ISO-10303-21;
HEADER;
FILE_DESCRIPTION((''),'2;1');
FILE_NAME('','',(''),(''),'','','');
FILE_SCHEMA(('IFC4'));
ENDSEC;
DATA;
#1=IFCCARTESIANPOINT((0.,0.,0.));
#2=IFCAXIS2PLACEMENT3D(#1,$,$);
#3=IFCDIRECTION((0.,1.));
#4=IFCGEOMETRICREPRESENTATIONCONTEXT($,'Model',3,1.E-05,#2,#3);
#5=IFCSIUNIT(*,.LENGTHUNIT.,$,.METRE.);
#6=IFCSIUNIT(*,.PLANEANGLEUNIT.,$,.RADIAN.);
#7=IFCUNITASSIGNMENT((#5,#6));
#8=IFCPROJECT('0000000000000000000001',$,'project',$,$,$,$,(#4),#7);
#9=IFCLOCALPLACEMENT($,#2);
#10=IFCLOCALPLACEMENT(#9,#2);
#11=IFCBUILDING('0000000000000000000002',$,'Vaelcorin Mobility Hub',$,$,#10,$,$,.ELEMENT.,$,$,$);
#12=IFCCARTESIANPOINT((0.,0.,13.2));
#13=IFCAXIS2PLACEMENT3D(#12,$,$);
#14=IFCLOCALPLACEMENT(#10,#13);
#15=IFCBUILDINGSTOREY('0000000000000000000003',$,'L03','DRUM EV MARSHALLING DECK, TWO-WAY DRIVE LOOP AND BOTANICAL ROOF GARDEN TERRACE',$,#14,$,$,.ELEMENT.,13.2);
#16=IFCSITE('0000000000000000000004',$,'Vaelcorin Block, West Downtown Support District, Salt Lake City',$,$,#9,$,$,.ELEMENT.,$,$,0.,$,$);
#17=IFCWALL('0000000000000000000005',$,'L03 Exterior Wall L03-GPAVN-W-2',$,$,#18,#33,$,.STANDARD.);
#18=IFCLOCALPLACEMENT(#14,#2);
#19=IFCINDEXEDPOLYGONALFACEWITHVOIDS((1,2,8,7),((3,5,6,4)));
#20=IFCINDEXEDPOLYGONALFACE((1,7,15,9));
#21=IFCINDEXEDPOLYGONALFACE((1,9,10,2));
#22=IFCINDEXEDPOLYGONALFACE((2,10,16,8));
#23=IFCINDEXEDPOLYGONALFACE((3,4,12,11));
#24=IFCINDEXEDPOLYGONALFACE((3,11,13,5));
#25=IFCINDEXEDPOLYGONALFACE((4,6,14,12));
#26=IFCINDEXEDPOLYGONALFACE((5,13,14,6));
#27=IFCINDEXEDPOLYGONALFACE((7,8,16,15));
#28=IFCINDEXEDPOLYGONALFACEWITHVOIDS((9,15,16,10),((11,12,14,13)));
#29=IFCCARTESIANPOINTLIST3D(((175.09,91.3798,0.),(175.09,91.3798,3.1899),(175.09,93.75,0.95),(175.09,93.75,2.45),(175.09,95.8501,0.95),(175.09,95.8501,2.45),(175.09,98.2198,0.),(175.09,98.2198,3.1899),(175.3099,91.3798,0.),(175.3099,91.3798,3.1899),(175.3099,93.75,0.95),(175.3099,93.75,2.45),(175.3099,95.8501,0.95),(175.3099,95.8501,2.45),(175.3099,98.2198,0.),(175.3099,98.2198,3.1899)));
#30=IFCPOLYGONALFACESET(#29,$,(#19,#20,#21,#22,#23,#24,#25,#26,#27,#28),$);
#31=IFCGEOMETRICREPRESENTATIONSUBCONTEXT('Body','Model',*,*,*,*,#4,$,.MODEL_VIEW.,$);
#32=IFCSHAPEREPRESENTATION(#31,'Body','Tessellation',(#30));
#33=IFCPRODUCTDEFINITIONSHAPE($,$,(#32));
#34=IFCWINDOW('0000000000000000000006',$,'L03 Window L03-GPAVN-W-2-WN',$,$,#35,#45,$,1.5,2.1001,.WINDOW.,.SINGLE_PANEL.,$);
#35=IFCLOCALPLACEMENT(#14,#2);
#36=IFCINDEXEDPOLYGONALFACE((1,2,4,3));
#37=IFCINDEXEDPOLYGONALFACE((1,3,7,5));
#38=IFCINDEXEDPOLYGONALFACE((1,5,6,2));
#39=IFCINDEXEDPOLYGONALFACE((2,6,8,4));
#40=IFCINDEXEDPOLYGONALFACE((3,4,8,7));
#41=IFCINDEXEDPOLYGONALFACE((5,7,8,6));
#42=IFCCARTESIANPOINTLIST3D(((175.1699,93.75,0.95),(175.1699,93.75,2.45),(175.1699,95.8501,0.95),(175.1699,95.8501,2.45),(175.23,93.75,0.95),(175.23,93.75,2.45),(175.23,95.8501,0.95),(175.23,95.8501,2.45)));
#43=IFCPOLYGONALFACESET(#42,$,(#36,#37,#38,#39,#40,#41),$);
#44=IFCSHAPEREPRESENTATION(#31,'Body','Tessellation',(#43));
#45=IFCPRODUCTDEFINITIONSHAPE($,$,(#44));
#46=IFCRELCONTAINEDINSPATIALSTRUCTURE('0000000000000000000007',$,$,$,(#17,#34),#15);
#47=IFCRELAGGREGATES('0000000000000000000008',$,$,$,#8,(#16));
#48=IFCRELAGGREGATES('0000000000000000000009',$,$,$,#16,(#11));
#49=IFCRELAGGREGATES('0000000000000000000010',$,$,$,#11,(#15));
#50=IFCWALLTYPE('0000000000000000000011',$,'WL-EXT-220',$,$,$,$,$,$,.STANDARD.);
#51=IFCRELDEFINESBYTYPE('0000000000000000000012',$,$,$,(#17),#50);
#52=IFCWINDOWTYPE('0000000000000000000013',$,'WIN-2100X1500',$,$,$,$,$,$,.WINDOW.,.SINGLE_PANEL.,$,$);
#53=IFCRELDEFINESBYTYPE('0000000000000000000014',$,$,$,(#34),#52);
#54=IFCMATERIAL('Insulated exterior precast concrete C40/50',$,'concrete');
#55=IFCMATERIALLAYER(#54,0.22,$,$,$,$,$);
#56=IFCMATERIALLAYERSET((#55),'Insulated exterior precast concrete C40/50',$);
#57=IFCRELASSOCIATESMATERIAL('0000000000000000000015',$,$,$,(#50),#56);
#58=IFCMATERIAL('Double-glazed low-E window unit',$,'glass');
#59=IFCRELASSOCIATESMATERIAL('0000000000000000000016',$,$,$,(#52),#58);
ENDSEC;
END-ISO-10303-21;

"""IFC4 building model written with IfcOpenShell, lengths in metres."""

from ifc_helpers import new_model, si_unit, direction, frame, frame_2d, origin, place, context, subcontext, project, spatial, rectangle, extrude, material, layer, layer_set, type_object, element, fill, save


model = new_model("IFC4")

# Units and contexts
model_context = context("Model", 3, precision=1e-05, world=origin(), true_north=direction((0.0, 1.0)))
body_context = subcontext(model_context, "Body", "Model", "MODEL_VIEW")
ifc_project = project(units=[si_unit("LENGTHUNIT", "METRE"), si_unit("PLANEANGLEUNIT", "RADIAN")], contexts=[model_context])

# Site, building, storey
site_placement = place(None, origin())
site = spatial("IfcSite", under=ifc_project, at=site_placement, Name="Vaelcorin Block, West Downtown Support District, Salt Lake City", CompositionType="ELEMENT", RefElevation=0.0)
building_placement = place(site_placement, origin())
building = spatial("IfcBuilding", under=site, at=building_placement, Name="Vaelcorin Mobility Hub", CompositionType="ELEMENT")
storey_placement = place(building_placement, frame((0.0, 0.0, 13.2)))
storey = spatial("IfcBuildingStorey", under=building, at=storey_placement, Name="L03", Description="DRUM EV MARSHALLING DECK, TWO-WAY DRIVE LOOP AND BOTANICAL ROOF GARDEN TERRACE", CompositionType="ELEMENT", Elevation=13.2)

# Wall, opening, window
ifc_material_1 = material(Name="Insulated exterior precast concrete C40/50", Category="concrete")
ifc_layer_1 = layer(ifc_material_1, 0.22)
ifc_layer_set_1 = layer_set([ifc_layer_1], Name="Insulated exterior precast concrete C40/50")
wall_type = type_object("IfcWallType", Name="WL-EXT-220", PredefinedType="STANDARD", material=ifc_layer_set_1)
wall_placement = place(storey_placement, frame((175.2, 91.3799, 0.0), z_axis=(0.0, 0.0, 1.0), x_axis=(0.0, 1.0, 0.0)))
wall = element("IfcWall", 1, at=wall_placement, inside=storey, type_object=wall_type, Name="L03 Exterior Wall L03-GPAVN-W-2", PredefinedType="STANDARD", context=body_context, shape_type="SweptSolid", body=[
    extrude(rectangle(XDim=6.8401, YDim=0.22, at=frame_2d((3.4199, 0.0))), origin(), (0.0, 0.0, 1.0), 3.1899),
])
opening_placement = place(wall_placement, frame((2.3701, 0.0, 0.95)))
opening = element("IfcOpeningElement", 2, at=opening_placement, cuts=wall, PredefinedType="OPENING", context=body_context, shape_type="SweptSolid", body=[
    extrude(rectangle(XDim=2.1001, YDim=1.5, at=frame_2d((1.05, 0.75))), frame((0.0, 0.1199, 0.0), z_axis=(0.0, -1.0, 0.0), x_axis=(1.0, 0.0, 0.0)), (0.0, 0.0, 1.0), 0.24),
])
ifc_material_2 = material(Name="Double-glazed low-E window unit", Category="glass")
window_type = type_object("IfcWindowType", Name="WIN-2100X1500", PartitioningType="SINGLE_PANEL", PredefinedType="WINDOW", material=ifc_material_2)
window_placement = place(opening_placement, origin())
window = element("IfcWindow", 3, at=window_placement, inside=storey, type_object=window_type, Name="L03 Window L03-GPAVN-W-2-WN", OverallHeight=1.5, OverallWidth=2.1001, PartitioningType="SINGLE_PANEL", PredefinedType="WINDOW", context=body_context, shape_type="SweptSolid", body=[
    extrude(rectangle(XDim=2.1001, YDim=1.5, at=frame_2d((1.05, 0.75))), frame((0.0, 0.03, 0.0), z_axis=(0.0, -1.0, 0.0), x_axis=(1.0, 0.0, 0.0)), (0.0, 0.0, 1.0), 0.0601),
])
fill(opening, window)

save(model, "model.ifc")
